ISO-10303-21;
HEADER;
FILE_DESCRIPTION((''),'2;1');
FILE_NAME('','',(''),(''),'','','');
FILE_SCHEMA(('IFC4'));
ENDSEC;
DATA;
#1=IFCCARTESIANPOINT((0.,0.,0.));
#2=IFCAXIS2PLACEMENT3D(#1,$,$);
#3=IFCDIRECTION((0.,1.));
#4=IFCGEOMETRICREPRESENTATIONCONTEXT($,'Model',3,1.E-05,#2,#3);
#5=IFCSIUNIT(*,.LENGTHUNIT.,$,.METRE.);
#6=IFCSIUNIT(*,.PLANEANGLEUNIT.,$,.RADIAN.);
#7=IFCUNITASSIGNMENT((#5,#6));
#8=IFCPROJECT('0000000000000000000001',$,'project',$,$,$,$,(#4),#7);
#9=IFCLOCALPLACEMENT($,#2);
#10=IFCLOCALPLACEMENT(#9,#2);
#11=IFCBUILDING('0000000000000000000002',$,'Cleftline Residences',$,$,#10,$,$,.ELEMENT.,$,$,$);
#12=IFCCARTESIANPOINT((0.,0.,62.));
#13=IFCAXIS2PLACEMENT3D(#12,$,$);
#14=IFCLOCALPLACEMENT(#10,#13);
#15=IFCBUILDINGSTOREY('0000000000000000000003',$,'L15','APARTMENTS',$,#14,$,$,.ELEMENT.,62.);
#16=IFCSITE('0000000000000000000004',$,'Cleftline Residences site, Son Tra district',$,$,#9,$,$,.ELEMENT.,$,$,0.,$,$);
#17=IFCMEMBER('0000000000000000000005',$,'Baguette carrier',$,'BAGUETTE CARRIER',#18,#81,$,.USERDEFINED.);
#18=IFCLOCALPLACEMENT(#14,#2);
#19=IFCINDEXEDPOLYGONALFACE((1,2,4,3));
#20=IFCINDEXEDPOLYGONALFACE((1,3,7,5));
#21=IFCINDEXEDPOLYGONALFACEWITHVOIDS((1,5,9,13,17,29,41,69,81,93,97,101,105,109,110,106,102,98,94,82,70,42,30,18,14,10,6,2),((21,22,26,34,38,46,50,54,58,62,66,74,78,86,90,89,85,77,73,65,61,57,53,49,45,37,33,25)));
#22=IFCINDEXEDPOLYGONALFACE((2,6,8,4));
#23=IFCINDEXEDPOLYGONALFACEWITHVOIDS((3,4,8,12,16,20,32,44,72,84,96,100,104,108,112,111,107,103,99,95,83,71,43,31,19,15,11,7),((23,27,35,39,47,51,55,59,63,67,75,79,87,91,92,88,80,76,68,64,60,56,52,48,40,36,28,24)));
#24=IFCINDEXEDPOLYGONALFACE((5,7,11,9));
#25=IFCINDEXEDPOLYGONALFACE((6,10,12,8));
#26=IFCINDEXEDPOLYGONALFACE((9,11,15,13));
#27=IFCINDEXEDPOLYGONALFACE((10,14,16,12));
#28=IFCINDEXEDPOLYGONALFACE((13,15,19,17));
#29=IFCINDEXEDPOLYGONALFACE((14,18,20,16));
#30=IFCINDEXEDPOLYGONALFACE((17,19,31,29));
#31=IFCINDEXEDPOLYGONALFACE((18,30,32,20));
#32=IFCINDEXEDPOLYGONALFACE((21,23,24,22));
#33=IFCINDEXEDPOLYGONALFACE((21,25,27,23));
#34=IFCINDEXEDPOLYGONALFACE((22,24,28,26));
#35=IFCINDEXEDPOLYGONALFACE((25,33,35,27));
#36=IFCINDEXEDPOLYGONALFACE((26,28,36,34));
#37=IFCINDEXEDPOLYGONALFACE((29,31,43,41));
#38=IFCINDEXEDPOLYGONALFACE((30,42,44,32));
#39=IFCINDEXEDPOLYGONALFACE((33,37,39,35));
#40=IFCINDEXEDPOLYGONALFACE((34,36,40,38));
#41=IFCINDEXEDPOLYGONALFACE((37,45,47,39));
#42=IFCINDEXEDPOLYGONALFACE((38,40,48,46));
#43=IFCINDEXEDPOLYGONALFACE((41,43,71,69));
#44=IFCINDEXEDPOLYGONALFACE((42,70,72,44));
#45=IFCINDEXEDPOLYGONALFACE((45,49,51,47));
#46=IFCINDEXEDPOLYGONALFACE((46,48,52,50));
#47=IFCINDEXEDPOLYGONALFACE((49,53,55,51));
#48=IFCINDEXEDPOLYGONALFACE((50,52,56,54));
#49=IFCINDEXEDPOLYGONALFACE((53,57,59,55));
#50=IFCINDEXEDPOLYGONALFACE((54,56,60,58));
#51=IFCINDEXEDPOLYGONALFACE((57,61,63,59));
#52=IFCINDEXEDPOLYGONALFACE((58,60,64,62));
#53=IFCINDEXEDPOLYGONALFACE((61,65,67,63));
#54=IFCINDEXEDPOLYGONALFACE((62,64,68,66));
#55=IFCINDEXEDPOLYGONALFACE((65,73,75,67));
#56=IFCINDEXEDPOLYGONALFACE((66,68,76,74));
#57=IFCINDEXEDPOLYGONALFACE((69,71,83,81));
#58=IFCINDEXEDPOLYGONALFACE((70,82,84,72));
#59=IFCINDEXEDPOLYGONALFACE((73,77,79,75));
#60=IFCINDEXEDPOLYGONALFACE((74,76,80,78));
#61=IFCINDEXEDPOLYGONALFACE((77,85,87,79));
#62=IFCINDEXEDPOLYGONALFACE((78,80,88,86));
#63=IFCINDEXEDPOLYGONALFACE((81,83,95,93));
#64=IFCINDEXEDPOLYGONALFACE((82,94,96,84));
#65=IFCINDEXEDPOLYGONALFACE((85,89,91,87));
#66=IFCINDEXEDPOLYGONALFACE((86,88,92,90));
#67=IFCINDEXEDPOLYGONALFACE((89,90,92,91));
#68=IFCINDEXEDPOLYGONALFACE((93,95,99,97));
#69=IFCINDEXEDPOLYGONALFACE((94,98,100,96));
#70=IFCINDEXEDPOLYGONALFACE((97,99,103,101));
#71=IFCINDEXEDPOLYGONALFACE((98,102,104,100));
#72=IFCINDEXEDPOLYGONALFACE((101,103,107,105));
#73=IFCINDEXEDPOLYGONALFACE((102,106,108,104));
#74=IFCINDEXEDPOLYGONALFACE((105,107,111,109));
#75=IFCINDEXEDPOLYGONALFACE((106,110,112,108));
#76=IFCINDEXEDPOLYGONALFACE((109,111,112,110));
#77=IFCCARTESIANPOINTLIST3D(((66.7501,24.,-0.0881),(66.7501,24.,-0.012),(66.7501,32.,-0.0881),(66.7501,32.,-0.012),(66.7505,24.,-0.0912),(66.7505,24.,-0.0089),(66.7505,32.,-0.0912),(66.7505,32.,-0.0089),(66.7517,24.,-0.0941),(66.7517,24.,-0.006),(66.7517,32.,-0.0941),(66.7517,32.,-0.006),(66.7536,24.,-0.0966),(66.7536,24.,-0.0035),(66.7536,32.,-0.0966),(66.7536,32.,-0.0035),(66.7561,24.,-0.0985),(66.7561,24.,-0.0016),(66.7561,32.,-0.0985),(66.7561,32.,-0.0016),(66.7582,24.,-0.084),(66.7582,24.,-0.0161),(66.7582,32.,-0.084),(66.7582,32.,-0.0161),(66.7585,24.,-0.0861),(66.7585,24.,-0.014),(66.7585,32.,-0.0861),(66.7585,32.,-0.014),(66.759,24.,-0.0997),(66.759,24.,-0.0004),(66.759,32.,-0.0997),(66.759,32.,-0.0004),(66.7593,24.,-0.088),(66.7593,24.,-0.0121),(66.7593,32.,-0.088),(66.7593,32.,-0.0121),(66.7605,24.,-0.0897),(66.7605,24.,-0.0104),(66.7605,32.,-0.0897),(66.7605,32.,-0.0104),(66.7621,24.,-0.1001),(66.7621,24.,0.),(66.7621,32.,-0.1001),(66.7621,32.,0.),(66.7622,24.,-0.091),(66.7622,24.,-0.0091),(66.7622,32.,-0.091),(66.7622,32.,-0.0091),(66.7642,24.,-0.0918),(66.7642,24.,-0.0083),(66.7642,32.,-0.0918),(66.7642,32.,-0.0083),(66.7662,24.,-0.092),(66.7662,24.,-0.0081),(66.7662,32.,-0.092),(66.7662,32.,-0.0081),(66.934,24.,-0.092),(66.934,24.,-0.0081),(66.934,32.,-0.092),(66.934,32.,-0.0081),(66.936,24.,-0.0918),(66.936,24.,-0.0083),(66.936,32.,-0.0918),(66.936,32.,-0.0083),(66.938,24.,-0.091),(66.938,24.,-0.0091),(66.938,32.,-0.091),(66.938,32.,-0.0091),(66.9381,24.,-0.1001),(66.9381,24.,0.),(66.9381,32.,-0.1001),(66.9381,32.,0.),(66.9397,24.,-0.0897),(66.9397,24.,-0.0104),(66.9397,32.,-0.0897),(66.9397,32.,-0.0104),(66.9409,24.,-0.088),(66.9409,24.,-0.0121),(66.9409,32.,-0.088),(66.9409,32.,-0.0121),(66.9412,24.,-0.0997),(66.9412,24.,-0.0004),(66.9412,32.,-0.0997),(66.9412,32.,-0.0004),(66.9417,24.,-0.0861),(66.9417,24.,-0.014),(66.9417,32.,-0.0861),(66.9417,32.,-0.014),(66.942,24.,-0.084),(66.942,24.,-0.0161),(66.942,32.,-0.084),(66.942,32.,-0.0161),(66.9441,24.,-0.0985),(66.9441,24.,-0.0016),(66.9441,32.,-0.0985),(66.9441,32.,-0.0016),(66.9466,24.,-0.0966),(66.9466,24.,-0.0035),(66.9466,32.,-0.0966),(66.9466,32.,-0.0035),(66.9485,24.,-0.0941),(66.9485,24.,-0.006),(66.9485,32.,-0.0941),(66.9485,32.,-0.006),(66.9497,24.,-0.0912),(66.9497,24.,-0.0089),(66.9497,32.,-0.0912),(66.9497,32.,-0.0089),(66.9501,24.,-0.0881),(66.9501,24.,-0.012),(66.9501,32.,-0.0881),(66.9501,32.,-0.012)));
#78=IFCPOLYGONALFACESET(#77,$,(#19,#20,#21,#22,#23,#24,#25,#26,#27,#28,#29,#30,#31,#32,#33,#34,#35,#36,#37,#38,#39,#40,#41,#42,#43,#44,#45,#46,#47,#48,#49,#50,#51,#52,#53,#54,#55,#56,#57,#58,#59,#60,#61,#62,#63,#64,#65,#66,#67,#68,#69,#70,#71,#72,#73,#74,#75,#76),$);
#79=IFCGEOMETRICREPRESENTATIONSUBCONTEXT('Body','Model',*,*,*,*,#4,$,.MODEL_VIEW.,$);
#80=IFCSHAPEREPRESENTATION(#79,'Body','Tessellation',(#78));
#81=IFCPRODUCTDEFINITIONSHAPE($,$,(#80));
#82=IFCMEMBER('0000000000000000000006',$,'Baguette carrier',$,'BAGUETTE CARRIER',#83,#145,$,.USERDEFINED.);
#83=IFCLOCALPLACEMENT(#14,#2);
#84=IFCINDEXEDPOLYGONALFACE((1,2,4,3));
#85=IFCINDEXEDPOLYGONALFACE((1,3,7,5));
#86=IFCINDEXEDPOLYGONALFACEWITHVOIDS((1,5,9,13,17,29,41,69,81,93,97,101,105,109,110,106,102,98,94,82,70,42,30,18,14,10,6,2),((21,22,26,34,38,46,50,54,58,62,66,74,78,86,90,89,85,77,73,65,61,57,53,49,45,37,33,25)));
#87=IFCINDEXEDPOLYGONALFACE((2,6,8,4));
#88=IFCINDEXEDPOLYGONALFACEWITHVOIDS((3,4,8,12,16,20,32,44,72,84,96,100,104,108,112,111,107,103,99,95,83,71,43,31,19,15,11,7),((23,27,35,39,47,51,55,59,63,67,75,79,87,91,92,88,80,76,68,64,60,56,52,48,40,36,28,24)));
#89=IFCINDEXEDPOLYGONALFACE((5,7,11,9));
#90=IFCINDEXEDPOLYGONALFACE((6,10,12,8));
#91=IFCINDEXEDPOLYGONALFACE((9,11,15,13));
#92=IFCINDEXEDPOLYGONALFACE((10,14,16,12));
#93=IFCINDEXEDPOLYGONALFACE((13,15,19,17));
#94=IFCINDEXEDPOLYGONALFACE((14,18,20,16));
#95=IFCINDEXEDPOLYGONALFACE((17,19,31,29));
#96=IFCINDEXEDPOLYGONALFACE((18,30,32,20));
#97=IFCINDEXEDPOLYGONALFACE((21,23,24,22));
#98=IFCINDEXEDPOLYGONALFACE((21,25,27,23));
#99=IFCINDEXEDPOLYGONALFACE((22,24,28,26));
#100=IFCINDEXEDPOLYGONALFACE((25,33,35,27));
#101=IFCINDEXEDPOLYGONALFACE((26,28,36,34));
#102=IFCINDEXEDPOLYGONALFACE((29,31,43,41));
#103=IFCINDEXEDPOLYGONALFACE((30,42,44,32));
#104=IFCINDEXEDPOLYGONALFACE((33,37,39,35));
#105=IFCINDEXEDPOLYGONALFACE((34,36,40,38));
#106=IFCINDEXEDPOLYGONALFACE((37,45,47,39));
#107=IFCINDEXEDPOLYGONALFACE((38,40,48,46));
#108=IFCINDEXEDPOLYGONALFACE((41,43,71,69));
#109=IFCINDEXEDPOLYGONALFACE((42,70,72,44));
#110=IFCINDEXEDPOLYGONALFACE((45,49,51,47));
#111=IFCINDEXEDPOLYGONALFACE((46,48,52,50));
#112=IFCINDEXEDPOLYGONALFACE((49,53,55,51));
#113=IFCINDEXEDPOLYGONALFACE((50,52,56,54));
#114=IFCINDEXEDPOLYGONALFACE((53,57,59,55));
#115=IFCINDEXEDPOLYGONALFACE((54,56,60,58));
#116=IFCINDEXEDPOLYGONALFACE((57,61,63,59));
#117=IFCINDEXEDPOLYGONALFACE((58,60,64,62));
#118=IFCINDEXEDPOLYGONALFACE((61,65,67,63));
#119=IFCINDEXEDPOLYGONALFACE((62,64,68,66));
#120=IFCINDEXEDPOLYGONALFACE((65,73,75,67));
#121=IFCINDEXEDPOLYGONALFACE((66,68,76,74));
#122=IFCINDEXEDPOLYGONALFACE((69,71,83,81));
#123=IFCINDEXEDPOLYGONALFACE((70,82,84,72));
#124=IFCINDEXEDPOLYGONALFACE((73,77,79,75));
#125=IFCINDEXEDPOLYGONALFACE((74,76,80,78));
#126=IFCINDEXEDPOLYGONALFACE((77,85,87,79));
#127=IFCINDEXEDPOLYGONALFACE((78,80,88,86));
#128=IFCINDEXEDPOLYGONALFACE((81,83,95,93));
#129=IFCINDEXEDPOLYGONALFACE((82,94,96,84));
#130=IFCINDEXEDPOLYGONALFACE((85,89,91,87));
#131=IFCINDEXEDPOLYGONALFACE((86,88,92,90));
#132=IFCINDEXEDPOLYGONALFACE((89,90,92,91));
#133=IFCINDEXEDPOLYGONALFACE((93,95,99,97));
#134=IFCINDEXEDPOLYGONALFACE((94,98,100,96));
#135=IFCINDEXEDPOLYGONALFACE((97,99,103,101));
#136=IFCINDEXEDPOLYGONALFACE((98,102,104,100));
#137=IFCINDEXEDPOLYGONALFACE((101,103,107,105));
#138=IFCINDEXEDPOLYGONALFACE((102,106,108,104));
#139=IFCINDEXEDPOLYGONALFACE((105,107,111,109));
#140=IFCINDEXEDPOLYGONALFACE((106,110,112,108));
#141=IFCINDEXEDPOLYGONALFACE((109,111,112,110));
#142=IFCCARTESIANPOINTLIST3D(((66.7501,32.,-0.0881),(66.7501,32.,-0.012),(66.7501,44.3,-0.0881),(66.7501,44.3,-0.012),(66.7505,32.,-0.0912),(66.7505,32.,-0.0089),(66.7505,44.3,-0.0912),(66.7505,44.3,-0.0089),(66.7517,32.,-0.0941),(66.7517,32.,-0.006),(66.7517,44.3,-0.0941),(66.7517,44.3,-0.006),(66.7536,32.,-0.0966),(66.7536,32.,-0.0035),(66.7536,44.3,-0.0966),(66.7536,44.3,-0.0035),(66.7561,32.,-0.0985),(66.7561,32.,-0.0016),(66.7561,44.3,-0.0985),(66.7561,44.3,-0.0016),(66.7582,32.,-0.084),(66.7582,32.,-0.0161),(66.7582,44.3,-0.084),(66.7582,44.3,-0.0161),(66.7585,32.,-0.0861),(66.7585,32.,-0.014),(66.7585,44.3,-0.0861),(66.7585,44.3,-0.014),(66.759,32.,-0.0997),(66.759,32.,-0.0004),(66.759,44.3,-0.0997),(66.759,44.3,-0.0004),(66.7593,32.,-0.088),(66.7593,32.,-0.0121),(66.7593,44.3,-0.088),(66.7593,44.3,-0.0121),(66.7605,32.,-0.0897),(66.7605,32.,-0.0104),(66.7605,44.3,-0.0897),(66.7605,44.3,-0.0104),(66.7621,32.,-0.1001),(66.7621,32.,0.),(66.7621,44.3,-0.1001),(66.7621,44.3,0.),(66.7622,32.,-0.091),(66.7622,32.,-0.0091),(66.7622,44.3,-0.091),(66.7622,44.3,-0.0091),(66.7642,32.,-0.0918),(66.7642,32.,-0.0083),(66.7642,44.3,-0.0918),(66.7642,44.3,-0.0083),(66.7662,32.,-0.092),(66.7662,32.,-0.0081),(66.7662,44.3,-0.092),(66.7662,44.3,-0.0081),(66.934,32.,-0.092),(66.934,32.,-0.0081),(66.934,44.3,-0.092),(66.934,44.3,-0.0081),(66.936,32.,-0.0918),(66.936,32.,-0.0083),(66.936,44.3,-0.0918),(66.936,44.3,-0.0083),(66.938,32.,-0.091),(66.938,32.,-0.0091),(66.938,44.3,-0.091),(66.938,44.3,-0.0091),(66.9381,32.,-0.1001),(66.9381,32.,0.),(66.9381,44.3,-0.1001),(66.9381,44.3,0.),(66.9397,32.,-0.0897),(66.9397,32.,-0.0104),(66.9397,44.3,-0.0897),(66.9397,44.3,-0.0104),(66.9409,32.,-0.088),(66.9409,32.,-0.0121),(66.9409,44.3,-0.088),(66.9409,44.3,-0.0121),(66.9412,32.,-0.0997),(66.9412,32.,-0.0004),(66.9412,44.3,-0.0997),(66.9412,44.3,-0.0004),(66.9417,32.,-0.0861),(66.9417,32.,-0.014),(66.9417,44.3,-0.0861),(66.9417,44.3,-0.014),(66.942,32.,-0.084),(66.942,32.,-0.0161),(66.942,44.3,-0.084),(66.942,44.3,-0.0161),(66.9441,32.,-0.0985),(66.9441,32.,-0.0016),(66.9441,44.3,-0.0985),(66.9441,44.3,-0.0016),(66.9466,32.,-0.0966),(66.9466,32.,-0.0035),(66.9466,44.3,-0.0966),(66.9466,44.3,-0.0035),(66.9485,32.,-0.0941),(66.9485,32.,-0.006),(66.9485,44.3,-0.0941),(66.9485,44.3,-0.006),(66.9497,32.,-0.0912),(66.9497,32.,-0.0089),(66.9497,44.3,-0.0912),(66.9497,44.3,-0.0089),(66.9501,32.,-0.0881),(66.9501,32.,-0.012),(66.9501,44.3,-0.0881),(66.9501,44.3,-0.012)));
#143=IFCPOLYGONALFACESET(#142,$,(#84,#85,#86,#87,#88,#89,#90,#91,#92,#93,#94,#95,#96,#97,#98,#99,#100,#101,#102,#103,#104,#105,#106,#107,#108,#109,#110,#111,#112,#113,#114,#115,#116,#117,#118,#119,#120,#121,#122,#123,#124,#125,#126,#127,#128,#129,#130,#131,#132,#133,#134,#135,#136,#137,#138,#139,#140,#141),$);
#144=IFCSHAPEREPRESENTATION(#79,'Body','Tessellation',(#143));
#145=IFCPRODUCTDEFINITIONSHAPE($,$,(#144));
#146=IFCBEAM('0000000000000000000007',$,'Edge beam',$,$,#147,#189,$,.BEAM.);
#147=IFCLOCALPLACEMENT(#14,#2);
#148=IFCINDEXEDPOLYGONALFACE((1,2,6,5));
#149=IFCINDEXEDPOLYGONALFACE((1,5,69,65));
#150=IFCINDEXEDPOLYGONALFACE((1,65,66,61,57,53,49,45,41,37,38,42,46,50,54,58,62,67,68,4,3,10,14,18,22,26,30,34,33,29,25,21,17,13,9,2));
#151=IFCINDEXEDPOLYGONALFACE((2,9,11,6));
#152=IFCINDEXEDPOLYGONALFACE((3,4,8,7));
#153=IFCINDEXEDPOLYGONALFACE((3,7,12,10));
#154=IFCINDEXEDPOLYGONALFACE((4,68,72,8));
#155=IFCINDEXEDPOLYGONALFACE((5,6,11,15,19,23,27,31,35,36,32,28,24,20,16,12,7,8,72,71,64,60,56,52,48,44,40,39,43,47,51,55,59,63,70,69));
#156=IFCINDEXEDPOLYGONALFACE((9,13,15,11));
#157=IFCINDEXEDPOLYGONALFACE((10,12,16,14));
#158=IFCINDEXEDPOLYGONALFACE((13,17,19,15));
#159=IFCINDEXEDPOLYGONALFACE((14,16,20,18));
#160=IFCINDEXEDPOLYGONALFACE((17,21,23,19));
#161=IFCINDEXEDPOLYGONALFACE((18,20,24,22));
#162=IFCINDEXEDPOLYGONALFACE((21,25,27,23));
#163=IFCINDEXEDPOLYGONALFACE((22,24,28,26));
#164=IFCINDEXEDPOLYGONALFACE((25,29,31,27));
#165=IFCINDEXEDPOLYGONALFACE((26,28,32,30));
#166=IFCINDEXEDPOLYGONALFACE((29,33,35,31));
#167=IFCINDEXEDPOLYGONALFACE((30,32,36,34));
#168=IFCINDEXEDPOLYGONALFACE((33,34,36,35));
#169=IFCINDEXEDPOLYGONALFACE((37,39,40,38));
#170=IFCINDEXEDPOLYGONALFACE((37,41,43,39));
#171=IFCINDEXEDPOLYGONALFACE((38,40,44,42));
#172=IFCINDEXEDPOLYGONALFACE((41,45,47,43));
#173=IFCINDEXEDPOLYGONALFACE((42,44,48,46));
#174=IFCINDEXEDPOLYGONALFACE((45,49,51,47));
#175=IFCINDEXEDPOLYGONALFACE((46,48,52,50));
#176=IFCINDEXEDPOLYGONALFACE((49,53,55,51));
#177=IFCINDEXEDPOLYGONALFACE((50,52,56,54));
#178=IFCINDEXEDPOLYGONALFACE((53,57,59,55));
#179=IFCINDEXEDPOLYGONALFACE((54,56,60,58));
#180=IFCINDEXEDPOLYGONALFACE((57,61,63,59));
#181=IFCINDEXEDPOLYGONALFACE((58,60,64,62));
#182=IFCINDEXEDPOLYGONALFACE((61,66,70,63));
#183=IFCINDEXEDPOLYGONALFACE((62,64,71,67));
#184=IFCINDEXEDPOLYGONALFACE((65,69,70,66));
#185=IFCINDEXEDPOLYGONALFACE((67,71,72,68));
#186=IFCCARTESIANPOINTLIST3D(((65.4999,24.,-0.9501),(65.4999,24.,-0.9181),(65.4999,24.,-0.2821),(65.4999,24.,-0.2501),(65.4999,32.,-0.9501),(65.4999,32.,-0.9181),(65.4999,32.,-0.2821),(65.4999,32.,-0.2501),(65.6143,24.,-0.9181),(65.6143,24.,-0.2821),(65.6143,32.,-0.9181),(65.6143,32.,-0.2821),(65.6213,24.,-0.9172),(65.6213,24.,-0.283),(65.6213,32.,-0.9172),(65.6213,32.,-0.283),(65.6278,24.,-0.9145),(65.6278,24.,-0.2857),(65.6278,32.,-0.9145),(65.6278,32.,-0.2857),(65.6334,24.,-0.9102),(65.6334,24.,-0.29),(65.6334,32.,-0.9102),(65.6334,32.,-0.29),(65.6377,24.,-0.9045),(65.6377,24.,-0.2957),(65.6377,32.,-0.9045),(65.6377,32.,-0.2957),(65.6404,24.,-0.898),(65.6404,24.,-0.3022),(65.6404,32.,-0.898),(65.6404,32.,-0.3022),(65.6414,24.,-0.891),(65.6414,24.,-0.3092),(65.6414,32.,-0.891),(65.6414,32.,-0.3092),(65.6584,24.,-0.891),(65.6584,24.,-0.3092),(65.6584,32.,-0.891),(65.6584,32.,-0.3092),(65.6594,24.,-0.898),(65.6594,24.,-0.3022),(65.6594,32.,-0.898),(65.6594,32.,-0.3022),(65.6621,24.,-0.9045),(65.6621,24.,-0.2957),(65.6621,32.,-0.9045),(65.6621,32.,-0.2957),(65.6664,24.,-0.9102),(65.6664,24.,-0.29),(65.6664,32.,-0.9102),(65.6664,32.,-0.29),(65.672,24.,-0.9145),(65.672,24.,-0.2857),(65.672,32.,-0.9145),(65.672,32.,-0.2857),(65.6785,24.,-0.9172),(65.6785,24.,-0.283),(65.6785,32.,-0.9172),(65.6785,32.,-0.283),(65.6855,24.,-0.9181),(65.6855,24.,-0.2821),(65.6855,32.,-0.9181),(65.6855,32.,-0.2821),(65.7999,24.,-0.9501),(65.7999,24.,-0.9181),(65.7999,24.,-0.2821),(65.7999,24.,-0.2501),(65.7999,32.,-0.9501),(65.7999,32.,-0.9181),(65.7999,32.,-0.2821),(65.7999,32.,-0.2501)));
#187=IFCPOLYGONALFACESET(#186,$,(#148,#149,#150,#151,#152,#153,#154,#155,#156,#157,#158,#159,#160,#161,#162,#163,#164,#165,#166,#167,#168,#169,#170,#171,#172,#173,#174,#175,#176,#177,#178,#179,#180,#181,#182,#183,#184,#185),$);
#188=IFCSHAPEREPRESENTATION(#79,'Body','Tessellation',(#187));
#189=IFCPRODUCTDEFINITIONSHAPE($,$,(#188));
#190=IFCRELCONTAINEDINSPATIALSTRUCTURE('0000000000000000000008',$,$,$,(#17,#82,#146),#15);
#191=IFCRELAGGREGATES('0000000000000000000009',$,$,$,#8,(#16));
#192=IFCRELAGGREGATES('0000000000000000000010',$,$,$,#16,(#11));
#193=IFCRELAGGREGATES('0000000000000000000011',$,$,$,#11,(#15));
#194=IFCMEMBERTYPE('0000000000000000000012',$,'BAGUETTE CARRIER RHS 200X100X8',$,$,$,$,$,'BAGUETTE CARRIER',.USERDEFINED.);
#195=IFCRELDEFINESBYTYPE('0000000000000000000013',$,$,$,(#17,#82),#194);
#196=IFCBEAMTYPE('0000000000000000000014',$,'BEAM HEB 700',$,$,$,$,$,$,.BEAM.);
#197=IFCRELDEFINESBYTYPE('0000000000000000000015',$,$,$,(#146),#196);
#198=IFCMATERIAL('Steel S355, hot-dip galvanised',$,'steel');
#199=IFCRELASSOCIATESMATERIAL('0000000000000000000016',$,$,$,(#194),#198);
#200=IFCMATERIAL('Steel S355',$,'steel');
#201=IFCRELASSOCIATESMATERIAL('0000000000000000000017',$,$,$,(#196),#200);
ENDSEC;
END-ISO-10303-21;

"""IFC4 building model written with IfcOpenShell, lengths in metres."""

from ifc_helpers import new_model, si_unit, direction, frame, origin, origin_2d, place, context, subcontext, project, spatial, hollow_rectangle, i_section, extrude, material, material_profile, profile_set, type_object, element, save


model = new_model("IFC4")

# Units and contexts
model_context = context("Model", 3, precision=1e-05, world=origin(), true_north=direction((0.0, 1.0)))
body_context = subcontext(model_context, "Body", "Model", "MODEL_VIEW")
ifc_project = project(units=[si_unit("LENGTHUNIT", "METRE"), si_unit("PLANEANGLEUNIT", "RADIAN")], contexts=[model_context])

# Site, building, storey
site_placement = place(None, origin())
site = spatial("IfcSite", under=ifc_project, at=site_placement, Name="Cleftline Residences site, Son Tra district", CompositionType="ELEMENT", RefElevation=0.0)
building_placement = place(site_placement, origin())
building = spatial("IfcBuilding", under=site, at=building_placement, Name="Cleftline Residences", CompositionType="ELEMENT")
storey_placement = place(building_placement, frame((0.0, 0.0, 62.0)))
storey = spatial("IfcBuildingStorey", under=building, at=storey_placement, Name="L15", Description="APARTMENTS", CompositionType="ELEMENT", Elevation=62.0)

# Members
ifc_material_1 = material(Name="Steel S355, hot-dip galvanised", Category="steel")
ifc_material_profile_1 = material_profile(ifc_material_1, hollow_rectangle(XDim=0.1001, YDim=0.2, WallThickness=0.0081, InnerFilletRadius=0.0081, OuterFilletRadius=0.012, at=origin_2d()))
ifc_profile_set_1 = profile_set([ifc_material_profile_1], Name="Steel S355, hot-dip galvanised")
member_type_1 = type_object("IfcMemberType", Name="BAGUETTE CARRIER RHS 200X100X8", ElementType="BAGUETTE CARRIER", PredefinedType="USERDEFINED", material=ifc_profile_set_1)
member_1_placement = place(storey_placement, frame((66.8501, 24.0, -0.05), z_axis=(0.0, 1.0, 0.0), x_axis=(0.0, 0.0, 1.0)))
element("IfcMember", 1, at=member_1_placement, inside=storey, type_object=member_type_1, Name="Baguette carrier", ObjectType="BAGUETTE CARRIER", PredefinedType="USERDEFINED", context=body_context, shape_type="SweptSolid", body=[
    extrude(hollow_rectangle(XDim=0.1001, YDim=0.2, WallThickness=0.0081, InnerFilletRadius=0.0081, OuterFilletRadius=0.012, at=origin_2d()), origin(), (0.0, 0.0, 1.0), 8.0),
])
member_2_placement = place(storey_placement, frame((66.8501, 32.0, -0.05), z_axis=(0.0, 1.0, 0.0), x_axis=(0.0, 0.0, 1.0)))
element("IfcMember", 2, at=member_2_placement, inside=storey, type_object=member_type_1, Name="Baguette carrier", ObjectType="BAGUETTE CARRIER", PredefinedType="USERDEFINED", context=body_context, shape_type="SweptSolid", body=[
    extrude(hollow_rectangle(XDim=0.1001, YDim=0.2, WallThickness=0.0081, InnerFilletRadius=0.0081, OuterFilletRadius=0.012, at=origin_2d()), origin(), (0.0, 0.0, 1.0), 12.3),
])

# Beam
ifc_material_2 = material(Name="Steel S355", Category="steel")
ifc_material_profile_2 = material_profile(ifc_material_2, i_section(OverallWidth=0.3, OverallDepth=0.7, WebThickness=0.0171, FlangeThickness=0.032, FilletRadius=0.0271, at=origin_2d()))
ifc_profile_set_2 = profile_set([ifc_material_profile_2], Name="Steel S355")
beam_type_1 = type_object("IfcBeamType", Name="BEAM HEB 700", PredefinedType="BEAM", material=ifc_profile_set_2)
for number, where, z_axis, x_axis, name in (
    (3, (65.6499, 24.0, -0.6001), (0.0, 1.0, 0.0), (-1.0, 0.0, 0.0), "Edge beam"),
):
    element("IfcBeam", number, at=place(storey_placement, frame(where, z_axis=z_axis, x_axis=x_axis)), inside=storey, type_object=beam_type_1, Name=name, PredefinedType="BEAM", context=body_context, shape_type="SweptSolid", body=[
        extrude(i_section(OverallWidth=0.3, OverallDepth=0.7, WebThickness=0.0171, FlangeThickness=0.032, FilletRadius=0.0271, at=origin_2d()), origin(), (0.0, 0.0, 1.0), 8.0),
    ])

save(model, "model.ifc")
